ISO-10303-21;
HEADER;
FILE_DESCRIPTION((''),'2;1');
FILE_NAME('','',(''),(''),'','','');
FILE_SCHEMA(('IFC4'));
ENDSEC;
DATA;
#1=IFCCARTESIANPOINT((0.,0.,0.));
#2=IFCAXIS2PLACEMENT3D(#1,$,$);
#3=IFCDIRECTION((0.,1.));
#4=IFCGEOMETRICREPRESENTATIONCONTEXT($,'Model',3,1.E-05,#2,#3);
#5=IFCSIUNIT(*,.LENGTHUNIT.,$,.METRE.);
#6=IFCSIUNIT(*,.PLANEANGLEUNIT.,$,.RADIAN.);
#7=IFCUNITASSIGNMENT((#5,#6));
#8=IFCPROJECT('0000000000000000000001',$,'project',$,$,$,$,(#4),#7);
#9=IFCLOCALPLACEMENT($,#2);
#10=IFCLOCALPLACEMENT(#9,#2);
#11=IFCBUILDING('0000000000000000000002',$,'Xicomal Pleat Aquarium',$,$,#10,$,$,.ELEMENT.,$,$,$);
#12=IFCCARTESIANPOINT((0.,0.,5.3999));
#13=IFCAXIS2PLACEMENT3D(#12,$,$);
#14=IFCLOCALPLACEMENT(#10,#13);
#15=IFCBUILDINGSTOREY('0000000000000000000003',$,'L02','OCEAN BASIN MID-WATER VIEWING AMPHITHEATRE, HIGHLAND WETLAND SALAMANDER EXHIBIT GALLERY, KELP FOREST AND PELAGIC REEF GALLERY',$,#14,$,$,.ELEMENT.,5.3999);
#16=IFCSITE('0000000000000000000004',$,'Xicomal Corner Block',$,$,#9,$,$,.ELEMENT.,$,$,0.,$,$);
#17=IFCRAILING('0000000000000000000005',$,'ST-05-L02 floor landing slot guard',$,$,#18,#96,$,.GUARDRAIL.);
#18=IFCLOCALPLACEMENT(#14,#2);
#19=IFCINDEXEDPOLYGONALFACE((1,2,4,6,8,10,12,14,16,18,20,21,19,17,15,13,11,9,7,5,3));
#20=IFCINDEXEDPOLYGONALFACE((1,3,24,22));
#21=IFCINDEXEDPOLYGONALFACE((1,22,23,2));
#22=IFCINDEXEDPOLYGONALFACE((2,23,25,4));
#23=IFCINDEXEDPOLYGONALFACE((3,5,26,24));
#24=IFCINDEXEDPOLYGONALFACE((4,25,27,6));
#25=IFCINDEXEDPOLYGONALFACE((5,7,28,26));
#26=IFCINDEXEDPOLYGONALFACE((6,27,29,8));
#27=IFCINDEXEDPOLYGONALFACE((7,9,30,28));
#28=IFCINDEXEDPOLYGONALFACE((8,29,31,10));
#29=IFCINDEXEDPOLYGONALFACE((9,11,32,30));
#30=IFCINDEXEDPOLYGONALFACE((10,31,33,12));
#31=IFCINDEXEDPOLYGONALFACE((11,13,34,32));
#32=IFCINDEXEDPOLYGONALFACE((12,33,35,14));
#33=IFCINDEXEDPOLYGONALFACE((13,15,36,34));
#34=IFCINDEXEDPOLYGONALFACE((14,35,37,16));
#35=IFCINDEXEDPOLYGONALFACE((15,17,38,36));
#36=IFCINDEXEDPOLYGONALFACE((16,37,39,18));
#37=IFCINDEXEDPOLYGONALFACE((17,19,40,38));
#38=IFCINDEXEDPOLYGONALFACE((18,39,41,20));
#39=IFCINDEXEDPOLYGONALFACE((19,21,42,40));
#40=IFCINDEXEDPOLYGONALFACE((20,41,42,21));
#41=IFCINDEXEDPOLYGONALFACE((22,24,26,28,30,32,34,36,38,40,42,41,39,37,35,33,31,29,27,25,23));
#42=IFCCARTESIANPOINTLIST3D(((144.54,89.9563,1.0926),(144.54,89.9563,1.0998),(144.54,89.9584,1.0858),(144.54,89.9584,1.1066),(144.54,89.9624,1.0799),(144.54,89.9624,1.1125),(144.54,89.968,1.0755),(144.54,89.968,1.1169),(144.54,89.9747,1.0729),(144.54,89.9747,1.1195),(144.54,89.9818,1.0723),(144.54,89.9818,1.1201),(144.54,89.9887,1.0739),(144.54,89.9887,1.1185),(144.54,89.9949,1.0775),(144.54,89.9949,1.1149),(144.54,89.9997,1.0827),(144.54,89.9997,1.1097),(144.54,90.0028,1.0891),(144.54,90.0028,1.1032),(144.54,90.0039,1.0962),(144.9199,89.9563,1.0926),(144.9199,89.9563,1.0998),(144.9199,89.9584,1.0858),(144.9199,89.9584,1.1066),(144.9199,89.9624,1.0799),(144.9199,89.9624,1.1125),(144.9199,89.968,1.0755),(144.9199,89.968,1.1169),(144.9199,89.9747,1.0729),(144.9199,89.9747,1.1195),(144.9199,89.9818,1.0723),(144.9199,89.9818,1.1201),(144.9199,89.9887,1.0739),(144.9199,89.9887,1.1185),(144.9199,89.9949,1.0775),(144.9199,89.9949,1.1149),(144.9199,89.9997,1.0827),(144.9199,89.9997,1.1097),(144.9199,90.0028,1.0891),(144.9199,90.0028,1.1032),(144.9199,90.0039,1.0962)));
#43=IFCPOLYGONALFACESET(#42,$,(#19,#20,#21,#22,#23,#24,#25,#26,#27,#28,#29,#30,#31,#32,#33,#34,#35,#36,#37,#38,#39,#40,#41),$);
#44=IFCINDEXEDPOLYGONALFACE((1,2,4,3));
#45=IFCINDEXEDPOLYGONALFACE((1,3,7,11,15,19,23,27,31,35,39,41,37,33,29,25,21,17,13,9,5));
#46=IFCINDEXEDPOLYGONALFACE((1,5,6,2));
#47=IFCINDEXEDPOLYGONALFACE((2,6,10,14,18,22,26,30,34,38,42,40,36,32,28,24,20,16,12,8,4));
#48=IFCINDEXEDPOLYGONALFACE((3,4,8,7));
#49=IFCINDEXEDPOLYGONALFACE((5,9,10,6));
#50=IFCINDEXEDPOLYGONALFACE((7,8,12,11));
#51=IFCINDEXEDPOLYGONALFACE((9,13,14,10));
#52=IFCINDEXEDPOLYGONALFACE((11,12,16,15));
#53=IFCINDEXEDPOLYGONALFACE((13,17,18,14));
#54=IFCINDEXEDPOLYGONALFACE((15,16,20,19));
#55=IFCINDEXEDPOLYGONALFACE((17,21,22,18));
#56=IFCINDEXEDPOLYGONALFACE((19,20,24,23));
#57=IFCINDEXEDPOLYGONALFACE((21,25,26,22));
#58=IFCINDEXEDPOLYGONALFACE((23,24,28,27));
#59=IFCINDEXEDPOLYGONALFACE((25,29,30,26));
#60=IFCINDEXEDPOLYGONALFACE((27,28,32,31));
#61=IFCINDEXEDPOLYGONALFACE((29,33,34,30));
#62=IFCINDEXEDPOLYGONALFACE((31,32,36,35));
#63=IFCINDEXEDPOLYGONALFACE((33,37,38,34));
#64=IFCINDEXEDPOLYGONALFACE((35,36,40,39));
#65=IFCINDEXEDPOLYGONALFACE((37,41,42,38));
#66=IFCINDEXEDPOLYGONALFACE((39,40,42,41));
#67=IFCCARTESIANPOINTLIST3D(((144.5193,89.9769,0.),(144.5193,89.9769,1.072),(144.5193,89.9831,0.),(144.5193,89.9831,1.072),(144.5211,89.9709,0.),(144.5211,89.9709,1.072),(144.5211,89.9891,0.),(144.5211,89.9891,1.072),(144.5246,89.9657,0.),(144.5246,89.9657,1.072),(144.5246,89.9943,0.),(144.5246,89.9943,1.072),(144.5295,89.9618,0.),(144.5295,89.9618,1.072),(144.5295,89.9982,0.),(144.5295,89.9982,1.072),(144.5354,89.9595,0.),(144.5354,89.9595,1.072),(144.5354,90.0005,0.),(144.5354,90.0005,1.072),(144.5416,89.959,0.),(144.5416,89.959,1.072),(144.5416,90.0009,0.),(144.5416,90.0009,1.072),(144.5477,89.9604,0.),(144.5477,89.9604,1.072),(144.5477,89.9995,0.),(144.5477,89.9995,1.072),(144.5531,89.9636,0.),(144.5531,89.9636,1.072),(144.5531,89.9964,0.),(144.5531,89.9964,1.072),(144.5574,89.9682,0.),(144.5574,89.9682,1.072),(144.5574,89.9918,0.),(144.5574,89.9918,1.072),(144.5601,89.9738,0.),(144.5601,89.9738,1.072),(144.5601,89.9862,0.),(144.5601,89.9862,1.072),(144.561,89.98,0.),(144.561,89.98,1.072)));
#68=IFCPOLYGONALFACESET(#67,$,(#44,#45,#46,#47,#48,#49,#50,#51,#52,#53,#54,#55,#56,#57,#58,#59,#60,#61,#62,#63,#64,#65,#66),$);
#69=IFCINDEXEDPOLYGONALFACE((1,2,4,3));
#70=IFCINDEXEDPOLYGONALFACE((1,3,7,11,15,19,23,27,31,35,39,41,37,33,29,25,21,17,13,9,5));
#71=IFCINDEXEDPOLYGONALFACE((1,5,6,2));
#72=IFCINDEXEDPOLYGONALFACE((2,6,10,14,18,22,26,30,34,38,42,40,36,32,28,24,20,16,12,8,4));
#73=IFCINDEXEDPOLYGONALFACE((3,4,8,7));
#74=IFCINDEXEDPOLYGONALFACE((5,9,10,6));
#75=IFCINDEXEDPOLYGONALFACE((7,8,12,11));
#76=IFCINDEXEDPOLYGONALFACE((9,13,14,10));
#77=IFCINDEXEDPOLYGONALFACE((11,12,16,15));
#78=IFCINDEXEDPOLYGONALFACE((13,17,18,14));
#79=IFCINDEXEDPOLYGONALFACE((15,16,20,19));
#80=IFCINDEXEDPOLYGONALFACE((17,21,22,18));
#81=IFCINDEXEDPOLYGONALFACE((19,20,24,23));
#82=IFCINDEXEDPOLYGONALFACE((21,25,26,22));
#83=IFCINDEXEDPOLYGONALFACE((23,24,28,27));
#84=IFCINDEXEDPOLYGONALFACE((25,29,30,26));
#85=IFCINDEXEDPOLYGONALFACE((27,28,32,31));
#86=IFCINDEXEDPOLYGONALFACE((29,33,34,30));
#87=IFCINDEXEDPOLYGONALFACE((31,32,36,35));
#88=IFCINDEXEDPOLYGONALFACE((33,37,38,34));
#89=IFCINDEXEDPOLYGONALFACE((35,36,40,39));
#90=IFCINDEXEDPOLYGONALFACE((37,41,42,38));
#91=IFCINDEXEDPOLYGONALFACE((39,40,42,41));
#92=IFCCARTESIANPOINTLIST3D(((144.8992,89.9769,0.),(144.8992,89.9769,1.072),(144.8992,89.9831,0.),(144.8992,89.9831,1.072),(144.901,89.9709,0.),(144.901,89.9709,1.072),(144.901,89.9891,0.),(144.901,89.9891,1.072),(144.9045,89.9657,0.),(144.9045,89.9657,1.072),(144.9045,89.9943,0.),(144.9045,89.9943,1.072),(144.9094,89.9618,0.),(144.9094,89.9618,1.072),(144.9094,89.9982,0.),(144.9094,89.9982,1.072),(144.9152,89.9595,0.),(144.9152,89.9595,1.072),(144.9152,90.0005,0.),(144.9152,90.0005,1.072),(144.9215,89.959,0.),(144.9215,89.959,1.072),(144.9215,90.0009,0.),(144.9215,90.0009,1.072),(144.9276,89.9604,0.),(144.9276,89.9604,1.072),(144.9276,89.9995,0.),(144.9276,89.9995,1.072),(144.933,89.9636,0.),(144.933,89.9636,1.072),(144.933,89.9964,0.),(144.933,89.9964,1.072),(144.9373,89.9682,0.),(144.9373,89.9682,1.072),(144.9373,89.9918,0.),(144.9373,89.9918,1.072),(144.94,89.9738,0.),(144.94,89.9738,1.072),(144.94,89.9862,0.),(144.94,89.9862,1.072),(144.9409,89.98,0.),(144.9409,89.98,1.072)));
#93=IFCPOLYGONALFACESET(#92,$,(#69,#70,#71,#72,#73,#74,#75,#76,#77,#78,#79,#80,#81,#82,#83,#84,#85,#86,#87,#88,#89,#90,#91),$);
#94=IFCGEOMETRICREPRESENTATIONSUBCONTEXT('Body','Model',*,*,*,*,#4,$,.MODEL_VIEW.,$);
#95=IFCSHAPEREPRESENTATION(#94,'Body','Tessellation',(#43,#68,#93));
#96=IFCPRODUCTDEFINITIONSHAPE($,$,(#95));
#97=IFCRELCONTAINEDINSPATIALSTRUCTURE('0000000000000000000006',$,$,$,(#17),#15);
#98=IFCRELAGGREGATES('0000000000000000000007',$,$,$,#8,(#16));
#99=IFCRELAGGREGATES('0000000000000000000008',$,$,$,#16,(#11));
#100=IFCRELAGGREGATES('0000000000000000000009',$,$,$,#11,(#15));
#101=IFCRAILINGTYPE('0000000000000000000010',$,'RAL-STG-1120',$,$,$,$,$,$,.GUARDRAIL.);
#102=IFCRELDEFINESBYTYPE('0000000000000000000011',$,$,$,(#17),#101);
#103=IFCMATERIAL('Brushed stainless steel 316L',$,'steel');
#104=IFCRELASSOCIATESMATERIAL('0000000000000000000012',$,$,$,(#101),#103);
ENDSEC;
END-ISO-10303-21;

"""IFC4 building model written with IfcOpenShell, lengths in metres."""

from ifc_helpers import new_model, si_unit, direction, frame, origin, origin_2d, place, context, subcontext, project, spatial, circle, extrude, material, type_object, element, save


model = new_model("IFC4")

# Units and contexts
model_context = context("Model", 3, precision=1e-05, world=origin(), true_north=direction((0.0, 1.0)))
body_context = subcontext(model_context, "Body", "Model", "MODEL_VIEW")
ifc_project = project(units=[si_unit("LENGTHUNIT", "METRE"), si_unit("PLANEANGLEUNIT", "RADIAN")], contexts=[model_context])

# Site, building, storey
site_placement = place(None, origin())
site = spatial("IfcSite", under=ifc_project, at=site_placement, Name="Xicomal Corner Block", CompositionType="ELEMENT", RefElevation=0.0)
building_placement = place(site_placement, origin())
building = spatial("IfcBuilding", under=site, at=building_placement, Name="Xicomal Pleat Aquarium", CompositionType="ELEMENT")
storey_placement = place(building_placement, frame((0.0, 0.0, 5.3999)))
storey = spatial("IfcBuildingStorey", under=building, at=storey_placement, Name="L02", Description="OCEAN BASIN MID-WATER VIEWING AMPHITHEATRE, HIGHLAND WETLAND SALAMANDER EXHIBIT GALLERY, KELP FOREST AND PELAGIC REEF GALLERY", CompositionType="ELEMENT", Elevation=5.3999)

# Railing
ifc_material_1 = material(Name="Brushed stainless steel 316L", Category="steel")
railing_type_1 = type_object("IfcRailingType", Name="RAL-STG-1120", PredefinedType="GUARDRAIL", material=ifc_material_1)
railing_1_placement = place(storey_placement, frame((144.54, 89.98, 0.0)))
element("IfcRailing", 1, at=railing_1_placement, inside=storey, type_object=railing_type_1, Name="ST-05-L02 floor landing slot guard", PredefinedType="GUARDRAIL", context=body_context, shape_type="SweptSolid", body=[
    extrude(circle(Radius=0.0239, at=origin_2d()), frame((0.0, 0.0, 1.0962), z_axis=(1.0, 0.0, 0.0), x_axis=(0.0, 1.0, 0.0)), (0.0, 0.0, 1.0), 0.3799),
    extrude(circle(Radius=0.021, at=origin_2d()), origin(), (0.0, 0.0, 1.0), 1.072),
    extrude(circle(Radius=0.021, at=origin_2d()), frame((0.3799, 0.0, 0.0)), (0.0, 0.0, 1.0), 1.072),
])

save(model, "model.ifc")
